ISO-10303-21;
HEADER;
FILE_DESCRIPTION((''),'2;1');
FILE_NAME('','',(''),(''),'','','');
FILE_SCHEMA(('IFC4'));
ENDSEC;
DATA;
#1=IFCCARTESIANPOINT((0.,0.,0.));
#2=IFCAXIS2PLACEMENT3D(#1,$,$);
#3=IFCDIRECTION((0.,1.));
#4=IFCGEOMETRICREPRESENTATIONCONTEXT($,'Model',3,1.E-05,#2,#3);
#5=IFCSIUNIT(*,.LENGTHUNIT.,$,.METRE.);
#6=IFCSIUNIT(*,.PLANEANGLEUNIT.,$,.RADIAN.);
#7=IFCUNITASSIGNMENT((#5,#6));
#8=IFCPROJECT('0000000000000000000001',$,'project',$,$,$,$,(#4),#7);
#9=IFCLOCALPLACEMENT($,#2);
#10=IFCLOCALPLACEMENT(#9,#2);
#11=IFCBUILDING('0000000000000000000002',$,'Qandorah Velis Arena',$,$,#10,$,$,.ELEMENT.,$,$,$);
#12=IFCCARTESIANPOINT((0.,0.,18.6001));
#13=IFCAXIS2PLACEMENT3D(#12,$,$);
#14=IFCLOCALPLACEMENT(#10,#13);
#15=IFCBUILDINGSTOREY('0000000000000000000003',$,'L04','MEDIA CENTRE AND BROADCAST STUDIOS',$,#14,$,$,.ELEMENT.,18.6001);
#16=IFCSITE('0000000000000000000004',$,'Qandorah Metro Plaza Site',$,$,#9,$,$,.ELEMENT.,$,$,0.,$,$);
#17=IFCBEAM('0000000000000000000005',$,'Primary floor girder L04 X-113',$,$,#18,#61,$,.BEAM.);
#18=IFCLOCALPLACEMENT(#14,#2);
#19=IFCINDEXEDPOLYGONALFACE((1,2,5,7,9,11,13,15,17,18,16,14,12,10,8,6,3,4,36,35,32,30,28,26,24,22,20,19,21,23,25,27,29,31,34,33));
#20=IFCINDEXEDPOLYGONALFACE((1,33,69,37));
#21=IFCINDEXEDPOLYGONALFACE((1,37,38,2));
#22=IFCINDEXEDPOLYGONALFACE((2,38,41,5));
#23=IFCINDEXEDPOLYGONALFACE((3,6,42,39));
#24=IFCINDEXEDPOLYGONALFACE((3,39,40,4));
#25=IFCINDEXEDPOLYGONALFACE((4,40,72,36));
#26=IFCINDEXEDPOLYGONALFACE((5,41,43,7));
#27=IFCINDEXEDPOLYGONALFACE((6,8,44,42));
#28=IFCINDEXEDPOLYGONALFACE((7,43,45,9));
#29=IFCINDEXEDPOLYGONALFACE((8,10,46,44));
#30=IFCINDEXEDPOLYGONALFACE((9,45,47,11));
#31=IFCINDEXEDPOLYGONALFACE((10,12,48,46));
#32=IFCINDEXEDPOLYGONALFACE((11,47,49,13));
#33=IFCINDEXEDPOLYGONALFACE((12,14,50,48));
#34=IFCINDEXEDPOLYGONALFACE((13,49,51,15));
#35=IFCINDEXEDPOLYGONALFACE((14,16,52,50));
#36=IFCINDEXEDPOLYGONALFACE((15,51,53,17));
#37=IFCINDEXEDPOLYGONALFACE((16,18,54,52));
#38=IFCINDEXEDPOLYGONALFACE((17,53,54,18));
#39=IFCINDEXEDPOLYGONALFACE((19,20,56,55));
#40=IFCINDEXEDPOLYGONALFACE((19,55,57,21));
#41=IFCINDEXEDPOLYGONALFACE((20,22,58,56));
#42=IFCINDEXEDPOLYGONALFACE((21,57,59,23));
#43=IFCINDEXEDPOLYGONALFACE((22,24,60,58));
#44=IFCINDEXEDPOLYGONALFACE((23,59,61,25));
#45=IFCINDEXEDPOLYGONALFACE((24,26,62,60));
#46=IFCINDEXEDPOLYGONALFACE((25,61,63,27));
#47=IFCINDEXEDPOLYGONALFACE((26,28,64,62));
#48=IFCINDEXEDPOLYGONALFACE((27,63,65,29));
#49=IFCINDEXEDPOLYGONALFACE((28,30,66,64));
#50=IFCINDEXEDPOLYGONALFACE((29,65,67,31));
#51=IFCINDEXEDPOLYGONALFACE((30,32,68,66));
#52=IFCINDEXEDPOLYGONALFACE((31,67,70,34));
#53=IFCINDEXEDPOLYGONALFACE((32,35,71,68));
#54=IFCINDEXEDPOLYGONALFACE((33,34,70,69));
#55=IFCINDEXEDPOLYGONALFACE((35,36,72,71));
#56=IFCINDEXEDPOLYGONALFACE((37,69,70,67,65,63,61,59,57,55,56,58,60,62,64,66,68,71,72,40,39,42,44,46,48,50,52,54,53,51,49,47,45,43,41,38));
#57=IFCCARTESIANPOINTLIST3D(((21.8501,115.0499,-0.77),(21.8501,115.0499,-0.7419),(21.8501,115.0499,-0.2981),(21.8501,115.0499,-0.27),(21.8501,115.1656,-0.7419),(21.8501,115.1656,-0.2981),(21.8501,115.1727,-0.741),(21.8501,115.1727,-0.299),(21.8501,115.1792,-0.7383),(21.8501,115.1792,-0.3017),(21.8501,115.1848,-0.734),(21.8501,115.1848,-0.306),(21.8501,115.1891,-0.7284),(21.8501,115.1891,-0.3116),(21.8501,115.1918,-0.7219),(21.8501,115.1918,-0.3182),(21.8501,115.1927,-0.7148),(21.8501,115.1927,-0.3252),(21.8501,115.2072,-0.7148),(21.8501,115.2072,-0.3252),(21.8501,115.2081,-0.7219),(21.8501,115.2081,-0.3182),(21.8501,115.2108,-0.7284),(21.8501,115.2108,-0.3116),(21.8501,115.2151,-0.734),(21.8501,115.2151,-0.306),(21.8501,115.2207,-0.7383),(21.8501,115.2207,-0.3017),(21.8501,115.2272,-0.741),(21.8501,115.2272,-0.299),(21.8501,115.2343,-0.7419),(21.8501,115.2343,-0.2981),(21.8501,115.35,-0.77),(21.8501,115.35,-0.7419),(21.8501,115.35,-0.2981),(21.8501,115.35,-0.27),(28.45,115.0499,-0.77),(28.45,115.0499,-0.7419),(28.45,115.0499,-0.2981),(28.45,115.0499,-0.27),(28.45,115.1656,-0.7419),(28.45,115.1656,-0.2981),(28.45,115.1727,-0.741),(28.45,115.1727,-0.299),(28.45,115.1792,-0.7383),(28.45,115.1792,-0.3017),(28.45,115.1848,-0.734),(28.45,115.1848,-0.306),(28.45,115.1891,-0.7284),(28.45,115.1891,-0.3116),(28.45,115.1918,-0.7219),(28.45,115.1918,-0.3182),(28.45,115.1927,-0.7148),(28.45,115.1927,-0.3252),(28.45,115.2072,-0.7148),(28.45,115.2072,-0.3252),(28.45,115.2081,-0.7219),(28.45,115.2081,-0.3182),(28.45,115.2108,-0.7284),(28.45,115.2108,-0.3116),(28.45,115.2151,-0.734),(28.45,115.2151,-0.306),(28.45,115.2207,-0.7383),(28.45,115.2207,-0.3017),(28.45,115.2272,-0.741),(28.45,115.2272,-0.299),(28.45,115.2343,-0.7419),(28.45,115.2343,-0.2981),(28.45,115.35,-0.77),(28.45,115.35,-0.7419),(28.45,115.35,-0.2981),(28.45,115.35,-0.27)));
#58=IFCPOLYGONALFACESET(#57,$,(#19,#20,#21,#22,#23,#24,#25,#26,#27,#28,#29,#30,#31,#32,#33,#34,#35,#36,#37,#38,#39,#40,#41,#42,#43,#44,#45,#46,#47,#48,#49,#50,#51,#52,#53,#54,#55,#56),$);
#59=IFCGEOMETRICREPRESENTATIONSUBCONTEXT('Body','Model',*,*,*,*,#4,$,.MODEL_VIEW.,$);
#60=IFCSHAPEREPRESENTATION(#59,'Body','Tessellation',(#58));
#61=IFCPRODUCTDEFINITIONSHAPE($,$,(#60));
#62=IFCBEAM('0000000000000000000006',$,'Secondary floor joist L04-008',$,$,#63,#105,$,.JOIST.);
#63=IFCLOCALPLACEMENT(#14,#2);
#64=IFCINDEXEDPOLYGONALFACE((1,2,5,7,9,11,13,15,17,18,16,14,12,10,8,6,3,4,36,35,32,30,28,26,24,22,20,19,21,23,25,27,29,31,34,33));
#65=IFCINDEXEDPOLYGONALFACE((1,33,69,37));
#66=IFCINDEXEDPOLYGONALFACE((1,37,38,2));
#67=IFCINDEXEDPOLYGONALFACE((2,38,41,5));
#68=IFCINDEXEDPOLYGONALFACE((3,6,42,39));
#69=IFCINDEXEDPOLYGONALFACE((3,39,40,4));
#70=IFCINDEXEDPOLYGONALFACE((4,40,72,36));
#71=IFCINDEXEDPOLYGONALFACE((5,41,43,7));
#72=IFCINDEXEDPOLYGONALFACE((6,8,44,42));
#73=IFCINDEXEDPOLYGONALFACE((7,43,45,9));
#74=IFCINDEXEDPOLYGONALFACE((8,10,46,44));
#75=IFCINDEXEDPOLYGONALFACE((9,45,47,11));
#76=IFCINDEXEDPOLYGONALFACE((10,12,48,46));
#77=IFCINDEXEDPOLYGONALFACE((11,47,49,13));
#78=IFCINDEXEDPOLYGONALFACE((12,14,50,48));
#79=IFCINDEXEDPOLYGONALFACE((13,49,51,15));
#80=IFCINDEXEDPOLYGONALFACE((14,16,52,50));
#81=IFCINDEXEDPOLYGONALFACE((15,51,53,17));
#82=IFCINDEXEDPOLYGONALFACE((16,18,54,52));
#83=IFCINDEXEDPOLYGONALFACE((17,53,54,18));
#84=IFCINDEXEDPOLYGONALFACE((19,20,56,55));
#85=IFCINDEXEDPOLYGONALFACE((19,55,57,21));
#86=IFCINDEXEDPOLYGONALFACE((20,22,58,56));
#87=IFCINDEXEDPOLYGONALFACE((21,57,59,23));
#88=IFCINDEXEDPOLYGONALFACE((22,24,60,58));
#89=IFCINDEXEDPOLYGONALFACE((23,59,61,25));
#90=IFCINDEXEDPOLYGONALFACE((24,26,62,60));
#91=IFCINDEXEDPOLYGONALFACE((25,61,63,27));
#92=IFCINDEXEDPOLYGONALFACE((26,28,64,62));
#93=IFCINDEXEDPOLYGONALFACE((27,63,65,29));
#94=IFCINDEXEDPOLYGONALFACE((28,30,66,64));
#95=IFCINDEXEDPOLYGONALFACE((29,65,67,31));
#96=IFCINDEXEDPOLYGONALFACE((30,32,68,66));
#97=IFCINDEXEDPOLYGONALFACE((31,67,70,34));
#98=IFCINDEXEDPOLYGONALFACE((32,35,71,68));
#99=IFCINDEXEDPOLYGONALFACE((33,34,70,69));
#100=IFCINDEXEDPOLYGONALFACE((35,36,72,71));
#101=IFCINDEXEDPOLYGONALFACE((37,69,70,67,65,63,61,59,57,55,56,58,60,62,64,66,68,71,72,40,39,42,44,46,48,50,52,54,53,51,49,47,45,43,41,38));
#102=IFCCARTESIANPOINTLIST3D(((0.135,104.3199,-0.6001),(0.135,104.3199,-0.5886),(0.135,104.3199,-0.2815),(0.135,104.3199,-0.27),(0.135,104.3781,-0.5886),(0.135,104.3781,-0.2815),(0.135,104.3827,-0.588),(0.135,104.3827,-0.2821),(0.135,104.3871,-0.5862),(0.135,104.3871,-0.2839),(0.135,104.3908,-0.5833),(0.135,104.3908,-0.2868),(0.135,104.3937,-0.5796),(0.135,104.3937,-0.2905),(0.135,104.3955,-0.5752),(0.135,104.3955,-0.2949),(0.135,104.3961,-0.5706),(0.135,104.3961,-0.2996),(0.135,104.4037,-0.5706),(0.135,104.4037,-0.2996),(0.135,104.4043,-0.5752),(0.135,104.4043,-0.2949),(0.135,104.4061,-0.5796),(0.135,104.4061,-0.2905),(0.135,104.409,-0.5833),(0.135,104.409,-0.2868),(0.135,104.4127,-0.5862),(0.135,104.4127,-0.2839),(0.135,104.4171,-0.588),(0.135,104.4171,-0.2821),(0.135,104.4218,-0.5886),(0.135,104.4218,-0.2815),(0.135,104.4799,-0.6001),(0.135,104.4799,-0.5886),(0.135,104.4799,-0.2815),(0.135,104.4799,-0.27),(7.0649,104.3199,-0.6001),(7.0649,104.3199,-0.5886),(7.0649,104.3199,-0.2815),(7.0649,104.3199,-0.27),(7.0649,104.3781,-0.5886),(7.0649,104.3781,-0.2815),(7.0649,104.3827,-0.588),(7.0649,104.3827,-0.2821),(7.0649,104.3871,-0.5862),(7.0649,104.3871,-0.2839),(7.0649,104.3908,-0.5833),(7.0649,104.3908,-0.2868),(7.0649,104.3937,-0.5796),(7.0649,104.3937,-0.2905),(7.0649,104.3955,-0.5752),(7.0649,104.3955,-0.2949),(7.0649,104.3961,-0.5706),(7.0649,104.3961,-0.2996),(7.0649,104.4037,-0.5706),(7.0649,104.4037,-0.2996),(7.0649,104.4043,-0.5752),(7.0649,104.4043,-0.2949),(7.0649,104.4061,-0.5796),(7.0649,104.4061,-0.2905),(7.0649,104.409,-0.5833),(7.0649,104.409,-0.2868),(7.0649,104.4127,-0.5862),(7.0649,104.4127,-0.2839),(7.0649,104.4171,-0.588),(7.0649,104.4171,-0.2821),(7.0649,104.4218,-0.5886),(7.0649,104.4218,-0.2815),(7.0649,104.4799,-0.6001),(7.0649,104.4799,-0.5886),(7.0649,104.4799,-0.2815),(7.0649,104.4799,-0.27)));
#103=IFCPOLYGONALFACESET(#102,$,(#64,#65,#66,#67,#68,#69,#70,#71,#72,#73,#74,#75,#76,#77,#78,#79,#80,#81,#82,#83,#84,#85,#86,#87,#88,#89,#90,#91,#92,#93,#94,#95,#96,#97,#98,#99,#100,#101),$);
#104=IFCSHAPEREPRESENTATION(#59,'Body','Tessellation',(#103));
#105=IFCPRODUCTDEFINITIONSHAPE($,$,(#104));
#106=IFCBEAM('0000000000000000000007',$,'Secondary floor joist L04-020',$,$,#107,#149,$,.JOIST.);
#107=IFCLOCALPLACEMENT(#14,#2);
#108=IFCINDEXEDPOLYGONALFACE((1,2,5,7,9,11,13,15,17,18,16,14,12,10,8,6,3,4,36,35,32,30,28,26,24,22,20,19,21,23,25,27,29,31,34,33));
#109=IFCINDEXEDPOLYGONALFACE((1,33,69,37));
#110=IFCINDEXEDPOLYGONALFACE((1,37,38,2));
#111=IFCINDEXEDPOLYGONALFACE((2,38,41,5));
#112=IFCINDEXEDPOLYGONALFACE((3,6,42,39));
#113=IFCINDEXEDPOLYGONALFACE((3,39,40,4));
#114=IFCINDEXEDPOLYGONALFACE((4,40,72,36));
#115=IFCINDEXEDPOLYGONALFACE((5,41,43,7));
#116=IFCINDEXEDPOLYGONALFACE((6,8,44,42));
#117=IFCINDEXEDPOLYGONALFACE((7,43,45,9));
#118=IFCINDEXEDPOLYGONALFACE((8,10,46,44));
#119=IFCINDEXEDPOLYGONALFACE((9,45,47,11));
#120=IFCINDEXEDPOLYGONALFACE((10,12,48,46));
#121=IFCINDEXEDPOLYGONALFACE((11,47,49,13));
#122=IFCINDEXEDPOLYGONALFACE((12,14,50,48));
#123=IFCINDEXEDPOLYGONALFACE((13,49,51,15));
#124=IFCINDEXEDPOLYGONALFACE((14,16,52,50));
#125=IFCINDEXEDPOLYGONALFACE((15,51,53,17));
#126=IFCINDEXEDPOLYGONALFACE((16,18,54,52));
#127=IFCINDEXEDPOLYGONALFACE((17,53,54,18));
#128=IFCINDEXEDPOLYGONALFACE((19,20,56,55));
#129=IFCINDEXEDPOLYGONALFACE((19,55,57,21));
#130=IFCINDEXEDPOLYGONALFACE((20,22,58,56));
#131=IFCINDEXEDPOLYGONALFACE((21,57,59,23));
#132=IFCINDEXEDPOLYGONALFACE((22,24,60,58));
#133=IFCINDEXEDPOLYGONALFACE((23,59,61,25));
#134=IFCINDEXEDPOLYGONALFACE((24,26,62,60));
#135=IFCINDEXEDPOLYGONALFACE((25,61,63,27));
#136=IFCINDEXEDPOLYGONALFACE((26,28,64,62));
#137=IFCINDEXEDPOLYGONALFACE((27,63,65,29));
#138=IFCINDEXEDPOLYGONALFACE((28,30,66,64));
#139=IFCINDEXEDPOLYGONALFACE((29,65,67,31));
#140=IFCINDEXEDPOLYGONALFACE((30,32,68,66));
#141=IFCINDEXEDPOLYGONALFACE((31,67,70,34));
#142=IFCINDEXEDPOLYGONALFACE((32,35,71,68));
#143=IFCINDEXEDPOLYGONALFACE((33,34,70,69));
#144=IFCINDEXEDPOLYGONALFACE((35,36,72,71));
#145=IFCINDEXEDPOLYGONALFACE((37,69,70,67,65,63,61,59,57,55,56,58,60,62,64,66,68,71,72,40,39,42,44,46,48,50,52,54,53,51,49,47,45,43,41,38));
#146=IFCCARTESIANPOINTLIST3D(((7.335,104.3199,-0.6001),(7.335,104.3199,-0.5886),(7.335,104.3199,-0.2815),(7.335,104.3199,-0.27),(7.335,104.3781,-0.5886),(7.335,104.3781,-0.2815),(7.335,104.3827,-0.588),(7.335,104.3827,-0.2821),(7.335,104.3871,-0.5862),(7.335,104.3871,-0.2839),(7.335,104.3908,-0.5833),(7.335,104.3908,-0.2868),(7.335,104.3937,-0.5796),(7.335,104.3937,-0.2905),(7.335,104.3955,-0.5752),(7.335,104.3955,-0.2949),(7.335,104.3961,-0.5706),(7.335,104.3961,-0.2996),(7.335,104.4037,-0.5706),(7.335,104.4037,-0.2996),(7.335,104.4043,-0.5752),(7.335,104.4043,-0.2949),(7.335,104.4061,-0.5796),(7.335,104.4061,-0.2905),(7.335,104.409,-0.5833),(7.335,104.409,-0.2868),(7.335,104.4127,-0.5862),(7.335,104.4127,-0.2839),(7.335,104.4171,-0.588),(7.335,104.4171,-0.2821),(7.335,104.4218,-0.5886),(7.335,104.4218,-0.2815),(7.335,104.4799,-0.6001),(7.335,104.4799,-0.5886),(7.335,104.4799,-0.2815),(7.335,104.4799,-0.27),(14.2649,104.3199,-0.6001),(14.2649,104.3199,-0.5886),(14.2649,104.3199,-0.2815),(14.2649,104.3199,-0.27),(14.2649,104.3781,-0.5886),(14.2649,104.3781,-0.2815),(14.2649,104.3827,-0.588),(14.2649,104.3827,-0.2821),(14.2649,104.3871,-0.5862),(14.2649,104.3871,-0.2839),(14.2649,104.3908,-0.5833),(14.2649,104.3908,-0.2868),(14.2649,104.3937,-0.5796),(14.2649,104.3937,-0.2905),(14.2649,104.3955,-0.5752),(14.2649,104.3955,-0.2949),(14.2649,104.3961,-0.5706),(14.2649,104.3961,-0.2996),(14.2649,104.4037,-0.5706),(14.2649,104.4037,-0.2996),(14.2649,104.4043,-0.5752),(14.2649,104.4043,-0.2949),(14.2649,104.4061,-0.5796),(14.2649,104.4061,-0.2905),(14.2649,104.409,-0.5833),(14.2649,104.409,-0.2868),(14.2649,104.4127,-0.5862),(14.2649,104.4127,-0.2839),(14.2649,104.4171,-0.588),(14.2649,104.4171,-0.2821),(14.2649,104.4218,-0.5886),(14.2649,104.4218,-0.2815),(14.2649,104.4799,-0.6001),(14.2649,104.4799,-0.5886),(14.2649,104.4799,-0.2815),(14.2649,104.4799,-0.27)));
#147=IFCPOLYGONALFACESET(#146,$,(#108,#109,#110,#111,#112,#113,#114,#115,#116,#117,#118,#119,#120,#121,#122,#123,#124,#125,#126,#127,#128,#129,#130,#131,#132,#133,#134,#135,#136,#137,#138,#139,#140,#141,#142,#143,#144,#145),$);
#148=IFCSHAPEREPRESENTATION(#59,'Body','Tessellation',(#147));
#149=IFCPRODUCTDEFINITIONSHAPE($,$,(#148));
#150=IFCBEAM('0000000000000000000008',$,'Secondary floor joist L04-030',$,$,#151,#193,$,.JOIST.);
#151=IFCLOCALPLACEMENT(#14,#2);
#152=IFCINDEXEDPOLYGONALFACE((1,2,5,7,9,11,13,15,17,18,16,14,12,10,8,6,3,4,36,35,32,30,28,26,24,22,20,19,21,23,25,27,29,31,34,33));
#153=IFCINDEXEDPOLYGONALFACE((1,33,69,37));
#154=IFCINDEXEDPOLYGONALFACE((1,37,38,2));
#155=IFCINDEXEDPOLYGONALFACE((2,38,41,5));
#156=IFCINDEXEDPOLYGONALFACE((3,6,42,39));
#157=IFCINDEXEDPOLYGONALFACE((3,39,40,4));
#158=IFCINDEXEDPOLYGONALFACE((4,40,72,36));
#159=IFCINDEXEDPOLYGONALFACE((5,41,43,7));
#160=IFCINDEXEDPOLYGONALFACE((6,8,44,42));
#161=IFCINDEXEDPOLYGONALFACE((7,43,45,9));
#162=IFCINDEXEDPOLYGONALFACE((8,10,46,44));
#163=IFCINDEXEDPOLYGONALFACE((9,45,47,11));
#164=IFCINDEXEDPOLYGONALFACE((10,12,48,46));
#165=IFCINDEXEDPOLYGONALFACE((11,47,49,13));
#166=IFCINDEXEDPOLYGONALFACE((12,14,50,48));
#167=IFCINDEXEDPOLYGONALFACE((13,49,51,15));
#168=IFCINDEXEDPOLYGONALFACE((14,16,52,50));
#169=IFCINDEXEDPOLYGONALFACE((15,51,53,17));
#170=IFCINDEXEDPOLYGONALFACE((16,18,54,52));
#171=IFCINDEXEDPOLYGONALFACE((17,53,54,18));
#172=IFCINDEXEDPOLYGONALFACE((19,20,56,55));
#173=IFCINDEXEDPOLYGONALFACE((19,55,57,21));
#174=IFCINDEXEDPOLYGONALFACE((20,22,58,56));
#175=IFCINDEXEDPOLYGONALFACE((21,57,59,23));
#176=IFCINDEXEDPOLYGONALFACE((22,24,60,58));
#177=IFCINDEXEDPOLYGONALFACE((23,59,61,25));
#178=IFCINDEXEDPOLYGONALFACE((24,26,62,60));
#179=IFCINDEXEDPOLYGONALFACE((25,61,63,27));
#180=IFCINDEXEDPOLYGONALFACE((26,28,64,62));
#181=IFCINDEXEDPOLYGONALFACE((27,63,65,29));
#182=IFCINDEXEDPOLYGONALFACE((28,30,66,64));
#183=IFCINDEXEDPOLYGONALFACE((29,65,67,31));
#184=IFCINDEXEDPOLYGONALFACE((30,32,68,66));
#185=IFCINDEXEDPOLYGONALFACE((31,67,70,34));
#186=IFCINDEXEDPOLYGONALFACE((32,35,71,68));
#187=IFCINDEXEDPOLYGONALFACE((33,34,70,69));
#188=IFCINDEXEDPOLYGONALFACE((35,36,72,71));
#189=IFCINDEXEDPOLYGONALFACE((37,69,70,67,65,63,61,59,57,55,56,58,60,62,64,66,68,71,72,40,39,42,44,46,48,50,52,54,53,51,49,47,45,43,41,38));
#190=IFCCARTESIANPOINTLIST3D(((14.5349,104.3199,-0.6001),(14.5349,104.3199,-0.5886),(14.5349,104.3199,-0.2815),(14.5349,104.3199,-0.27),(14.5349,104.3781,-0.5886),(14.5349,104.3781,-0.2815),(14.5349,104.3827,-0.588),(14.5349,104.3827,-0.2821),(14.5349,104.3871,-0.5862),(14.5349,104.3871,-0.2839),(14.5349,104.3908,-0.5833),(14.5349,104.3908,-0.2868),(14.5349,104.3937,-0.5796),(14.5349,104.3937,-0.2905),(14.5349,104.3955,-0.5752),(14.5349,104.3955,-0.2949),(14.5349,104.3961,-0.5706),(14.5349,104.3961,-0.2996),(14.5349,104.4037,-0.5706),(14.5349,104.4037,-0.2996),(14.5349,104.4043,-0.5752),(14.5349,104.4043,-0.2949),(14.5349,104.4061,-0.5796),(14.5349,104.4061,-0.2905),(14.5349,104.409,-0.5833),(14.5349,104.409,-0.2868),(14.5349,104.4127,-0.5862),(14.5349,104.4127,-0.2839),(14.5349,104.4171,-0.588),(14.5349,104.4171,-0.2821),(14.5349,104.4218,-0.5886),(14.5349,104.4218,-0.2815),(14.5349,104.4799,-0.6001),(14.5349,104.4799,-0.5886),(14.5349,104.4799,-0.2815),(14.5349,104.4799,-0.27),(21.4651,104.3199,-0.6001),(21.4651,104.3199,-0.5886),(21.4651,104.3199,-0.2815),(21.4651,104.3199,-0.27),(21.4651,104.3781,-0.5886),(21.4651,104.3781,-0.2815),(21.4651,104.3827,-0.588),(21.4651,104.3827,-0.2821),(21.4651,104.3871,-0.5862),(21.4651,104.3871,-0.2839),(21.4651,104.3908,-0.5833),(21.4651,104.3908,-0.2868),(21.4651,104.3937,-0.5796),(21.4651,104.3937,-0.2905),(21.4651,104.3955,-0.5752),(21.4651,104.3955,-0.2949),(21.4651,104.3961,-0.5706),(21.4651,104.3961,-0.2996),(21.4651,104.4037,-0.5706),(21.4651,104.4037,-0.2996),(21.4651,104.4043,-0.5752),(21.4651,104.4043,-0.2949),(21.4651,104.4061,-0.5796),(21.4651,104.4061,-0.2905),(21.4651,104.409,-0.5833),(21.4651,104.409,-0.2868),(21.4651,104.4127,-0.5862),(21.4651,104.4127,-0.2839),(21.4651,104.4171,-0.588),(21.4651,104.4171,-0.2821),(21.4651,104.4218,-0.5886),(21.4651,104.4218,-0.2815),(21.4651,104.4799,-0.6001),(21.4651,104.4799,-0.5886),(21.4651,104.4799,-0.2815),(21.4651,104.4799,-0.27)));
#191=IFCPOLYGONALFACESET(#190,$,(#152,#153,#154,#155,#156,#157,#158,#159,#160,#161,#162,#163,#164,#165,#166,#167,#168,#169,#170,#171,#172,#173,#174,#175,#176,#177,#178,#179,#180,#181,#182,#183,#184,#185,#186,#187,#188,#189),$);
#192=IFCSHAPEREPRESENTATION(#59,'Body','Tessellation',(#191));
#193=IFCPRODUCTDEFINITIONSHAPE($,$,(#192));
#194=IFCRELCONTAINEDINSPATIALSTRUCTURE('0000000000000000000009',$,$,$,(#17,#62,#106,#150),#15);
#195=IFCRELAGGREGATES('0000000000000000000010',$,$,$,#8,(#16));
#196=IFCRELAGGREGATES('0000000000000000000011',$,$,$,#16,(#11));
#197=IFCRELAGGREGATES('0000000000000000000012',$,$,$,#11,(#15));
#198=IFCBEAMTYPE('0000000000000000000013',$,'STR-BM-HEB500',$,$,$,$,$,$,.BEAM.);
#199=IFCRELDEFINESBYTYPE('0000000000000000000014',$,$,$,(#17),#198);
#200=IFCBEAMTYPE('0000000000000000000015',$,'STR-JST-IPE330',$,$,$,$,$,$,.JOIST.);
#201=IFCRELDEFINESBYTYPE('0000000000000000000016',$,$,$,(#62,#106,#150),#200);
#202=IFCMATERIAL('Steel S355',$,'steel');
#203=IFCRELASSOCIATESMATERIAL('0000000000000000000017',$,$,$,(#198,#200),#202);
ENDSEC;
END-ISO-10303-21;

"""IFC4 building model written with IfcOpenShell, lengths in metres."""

from ifc_helpers import new_model, si_unit, direction, frame, origin, origin_2d, place, context, subcontext, project, spatial, i_section, extrude, material, material_profile, profile_set, type_object, element, save


model = new_model("IFC4")

# Units and contexts
model_context = context("Model", 3, precision=1e-05, world=origin(), true_north=direction((0.0, 1.0)))
body_context = subcontext(model_context, "Body", "Model", "MODEL_VIEW")
ifc_project = project(units=[si_unit("LENGTHUNIT", "METRE"), si_unit("PLANEANGLEUNIT", "RADIAN")], contexts=[model_context])

# Site, building, storey
site_placement = place(None, origin())
site = spatial("IfcSite", under=ifc_project, at=site_placement, Name="Qandorah Metro Plaza Site", CompositionType="ELEMENT", RefElevation=0.0)
building_placement = place(site_placement, origin())
building = spatial("IfcBuilding", under=site, at=building_placement, Name="Qandorah Velis Arena", CompositionType="ELEMENT")
storey_placement = place(building_placement, frame((0.0, 0.0, 18.6001)))
storey = spatial("IfcBuildingStorey", under=building, at=storey_placement, Name="L04", Description="MEDIA CENTRE AND BROADCAST STUDIOS", CompositionType="ELEMENT", Elevation=18.6001)

# Shared definitions
ifc_material_1 = material(Name="Steel S355", Category="steel")

# Beams
ifc_material_profile_1 = material_profile(ifc_material_1, i_section(OverallWidth=0.3, OverallDepth=0.5, WebThickness=0.0144, FlangeThickness=0.0281, FilletRadius=0.0271, at=origin_2d()), Name="HEB 500")
ifc_profile_set_1 = profile_set([ifc_material_profile_1], Name="Steel S355")
beam_type_1 = type_object("IfcBeamType", Name="STR-BM-HEB500", PredefinedType="BEAM", material=ifc_profile_set_1)
beam_1_placement = place(storey_placement, frame((21.8501, 115.2, -0.52), z_axis=(1.0, 0.0, 0.0), x_axis=(0.0, 1.0, 0.0)))
element("IfcBeam", 1, at=beam_1_placement, inside=storey, type_object=beam_type_1, Name="Primary floor girder L04 X-113", PredefinedType="BEAM", context=body_context, shape_type="SweptSolid", body=[
    extrude(i_section(OverallWidth=0.3, OverallDepth=0.5, WebThickness=0.0144, FlangeThickness=0.0281, FilletRadius=0.0271, at=origin_2d()), origin(), (0.0, 0.0, 1.0), 6.5999),
])
ifc_material_profile_2 = material_profile(ifc_material_1, i_section(OverallWidth=0.1599, OverallDepth=0.3301, WebThickness=0.0076, FlangeThickness=0.0115, FilletRadius=0.0181, at=origin_2d()), Name="IPE 330")
ifc_profile_set_2 = profile_set([ifc_material_profile_2], Name="Steel S355")
beam_type_2 = type_object("IfcBeamType", Name="STR-JST-IPE330", PredefinedType="JOIST", material=ifc_profile_set_2)
for number, where, z_axis, x_axis, name in (
    (2, (0.135, 104.3999, -0.4351), (1.0, 0.0, 0.0), (0.0, 1.0, 0.0), "Secondary floor joist L04-008"),
    (3, (7.335, 104.3999, -0.4351), (1.0, 0.0, 0.0), (0.0, 1.0, 0.0), "Secondary floor joist L04-020"),
):
    element("IfcBeam", number, at=place(storey_placement, frame(where, z_axis=z_axis, x_axis=x_axis)), inside=storey, type_object=beam_type_2, Name=name, PredefinedType="JOIST", context=body_context, shape_type="SweptSolid", body=[
        extrude(i_section(OverallWidth=0.1599, OverallDepth=0.3301, WebThickness=0.0076, FlangeThickness=0.0115, FilletRadius=0.0181, at=origin_2d()), origin(), (0.0, 0.0, 1.0), 6.9299),
    ])
beam_2_placement = place(storey_placement, frame((14.5349, 104.3999, -0.4351), z_axis=(1.0, 0.0, 0.0), x_axis=(0.0, 1.0, 0.0)))
element("IfcBeam", 4, at=beam_2_placement, inside=storey, type_object=beam_type_2, Name="Secondary floor joist L04-030", PredefinedType="JOIST", context=body_context, shape_type="SweptSolid", body=[
    extrude(i_section(OverallWidth=0.1599, OverallDepth=0.3301, WebThickness=0.0076, FlangeThickness=0.0115, FilletRadius=0.0181, at=origin_2d()), origin(), (0.0, 0.0, 1.0), 6.9302),
])

save(model, "model.ifc")
